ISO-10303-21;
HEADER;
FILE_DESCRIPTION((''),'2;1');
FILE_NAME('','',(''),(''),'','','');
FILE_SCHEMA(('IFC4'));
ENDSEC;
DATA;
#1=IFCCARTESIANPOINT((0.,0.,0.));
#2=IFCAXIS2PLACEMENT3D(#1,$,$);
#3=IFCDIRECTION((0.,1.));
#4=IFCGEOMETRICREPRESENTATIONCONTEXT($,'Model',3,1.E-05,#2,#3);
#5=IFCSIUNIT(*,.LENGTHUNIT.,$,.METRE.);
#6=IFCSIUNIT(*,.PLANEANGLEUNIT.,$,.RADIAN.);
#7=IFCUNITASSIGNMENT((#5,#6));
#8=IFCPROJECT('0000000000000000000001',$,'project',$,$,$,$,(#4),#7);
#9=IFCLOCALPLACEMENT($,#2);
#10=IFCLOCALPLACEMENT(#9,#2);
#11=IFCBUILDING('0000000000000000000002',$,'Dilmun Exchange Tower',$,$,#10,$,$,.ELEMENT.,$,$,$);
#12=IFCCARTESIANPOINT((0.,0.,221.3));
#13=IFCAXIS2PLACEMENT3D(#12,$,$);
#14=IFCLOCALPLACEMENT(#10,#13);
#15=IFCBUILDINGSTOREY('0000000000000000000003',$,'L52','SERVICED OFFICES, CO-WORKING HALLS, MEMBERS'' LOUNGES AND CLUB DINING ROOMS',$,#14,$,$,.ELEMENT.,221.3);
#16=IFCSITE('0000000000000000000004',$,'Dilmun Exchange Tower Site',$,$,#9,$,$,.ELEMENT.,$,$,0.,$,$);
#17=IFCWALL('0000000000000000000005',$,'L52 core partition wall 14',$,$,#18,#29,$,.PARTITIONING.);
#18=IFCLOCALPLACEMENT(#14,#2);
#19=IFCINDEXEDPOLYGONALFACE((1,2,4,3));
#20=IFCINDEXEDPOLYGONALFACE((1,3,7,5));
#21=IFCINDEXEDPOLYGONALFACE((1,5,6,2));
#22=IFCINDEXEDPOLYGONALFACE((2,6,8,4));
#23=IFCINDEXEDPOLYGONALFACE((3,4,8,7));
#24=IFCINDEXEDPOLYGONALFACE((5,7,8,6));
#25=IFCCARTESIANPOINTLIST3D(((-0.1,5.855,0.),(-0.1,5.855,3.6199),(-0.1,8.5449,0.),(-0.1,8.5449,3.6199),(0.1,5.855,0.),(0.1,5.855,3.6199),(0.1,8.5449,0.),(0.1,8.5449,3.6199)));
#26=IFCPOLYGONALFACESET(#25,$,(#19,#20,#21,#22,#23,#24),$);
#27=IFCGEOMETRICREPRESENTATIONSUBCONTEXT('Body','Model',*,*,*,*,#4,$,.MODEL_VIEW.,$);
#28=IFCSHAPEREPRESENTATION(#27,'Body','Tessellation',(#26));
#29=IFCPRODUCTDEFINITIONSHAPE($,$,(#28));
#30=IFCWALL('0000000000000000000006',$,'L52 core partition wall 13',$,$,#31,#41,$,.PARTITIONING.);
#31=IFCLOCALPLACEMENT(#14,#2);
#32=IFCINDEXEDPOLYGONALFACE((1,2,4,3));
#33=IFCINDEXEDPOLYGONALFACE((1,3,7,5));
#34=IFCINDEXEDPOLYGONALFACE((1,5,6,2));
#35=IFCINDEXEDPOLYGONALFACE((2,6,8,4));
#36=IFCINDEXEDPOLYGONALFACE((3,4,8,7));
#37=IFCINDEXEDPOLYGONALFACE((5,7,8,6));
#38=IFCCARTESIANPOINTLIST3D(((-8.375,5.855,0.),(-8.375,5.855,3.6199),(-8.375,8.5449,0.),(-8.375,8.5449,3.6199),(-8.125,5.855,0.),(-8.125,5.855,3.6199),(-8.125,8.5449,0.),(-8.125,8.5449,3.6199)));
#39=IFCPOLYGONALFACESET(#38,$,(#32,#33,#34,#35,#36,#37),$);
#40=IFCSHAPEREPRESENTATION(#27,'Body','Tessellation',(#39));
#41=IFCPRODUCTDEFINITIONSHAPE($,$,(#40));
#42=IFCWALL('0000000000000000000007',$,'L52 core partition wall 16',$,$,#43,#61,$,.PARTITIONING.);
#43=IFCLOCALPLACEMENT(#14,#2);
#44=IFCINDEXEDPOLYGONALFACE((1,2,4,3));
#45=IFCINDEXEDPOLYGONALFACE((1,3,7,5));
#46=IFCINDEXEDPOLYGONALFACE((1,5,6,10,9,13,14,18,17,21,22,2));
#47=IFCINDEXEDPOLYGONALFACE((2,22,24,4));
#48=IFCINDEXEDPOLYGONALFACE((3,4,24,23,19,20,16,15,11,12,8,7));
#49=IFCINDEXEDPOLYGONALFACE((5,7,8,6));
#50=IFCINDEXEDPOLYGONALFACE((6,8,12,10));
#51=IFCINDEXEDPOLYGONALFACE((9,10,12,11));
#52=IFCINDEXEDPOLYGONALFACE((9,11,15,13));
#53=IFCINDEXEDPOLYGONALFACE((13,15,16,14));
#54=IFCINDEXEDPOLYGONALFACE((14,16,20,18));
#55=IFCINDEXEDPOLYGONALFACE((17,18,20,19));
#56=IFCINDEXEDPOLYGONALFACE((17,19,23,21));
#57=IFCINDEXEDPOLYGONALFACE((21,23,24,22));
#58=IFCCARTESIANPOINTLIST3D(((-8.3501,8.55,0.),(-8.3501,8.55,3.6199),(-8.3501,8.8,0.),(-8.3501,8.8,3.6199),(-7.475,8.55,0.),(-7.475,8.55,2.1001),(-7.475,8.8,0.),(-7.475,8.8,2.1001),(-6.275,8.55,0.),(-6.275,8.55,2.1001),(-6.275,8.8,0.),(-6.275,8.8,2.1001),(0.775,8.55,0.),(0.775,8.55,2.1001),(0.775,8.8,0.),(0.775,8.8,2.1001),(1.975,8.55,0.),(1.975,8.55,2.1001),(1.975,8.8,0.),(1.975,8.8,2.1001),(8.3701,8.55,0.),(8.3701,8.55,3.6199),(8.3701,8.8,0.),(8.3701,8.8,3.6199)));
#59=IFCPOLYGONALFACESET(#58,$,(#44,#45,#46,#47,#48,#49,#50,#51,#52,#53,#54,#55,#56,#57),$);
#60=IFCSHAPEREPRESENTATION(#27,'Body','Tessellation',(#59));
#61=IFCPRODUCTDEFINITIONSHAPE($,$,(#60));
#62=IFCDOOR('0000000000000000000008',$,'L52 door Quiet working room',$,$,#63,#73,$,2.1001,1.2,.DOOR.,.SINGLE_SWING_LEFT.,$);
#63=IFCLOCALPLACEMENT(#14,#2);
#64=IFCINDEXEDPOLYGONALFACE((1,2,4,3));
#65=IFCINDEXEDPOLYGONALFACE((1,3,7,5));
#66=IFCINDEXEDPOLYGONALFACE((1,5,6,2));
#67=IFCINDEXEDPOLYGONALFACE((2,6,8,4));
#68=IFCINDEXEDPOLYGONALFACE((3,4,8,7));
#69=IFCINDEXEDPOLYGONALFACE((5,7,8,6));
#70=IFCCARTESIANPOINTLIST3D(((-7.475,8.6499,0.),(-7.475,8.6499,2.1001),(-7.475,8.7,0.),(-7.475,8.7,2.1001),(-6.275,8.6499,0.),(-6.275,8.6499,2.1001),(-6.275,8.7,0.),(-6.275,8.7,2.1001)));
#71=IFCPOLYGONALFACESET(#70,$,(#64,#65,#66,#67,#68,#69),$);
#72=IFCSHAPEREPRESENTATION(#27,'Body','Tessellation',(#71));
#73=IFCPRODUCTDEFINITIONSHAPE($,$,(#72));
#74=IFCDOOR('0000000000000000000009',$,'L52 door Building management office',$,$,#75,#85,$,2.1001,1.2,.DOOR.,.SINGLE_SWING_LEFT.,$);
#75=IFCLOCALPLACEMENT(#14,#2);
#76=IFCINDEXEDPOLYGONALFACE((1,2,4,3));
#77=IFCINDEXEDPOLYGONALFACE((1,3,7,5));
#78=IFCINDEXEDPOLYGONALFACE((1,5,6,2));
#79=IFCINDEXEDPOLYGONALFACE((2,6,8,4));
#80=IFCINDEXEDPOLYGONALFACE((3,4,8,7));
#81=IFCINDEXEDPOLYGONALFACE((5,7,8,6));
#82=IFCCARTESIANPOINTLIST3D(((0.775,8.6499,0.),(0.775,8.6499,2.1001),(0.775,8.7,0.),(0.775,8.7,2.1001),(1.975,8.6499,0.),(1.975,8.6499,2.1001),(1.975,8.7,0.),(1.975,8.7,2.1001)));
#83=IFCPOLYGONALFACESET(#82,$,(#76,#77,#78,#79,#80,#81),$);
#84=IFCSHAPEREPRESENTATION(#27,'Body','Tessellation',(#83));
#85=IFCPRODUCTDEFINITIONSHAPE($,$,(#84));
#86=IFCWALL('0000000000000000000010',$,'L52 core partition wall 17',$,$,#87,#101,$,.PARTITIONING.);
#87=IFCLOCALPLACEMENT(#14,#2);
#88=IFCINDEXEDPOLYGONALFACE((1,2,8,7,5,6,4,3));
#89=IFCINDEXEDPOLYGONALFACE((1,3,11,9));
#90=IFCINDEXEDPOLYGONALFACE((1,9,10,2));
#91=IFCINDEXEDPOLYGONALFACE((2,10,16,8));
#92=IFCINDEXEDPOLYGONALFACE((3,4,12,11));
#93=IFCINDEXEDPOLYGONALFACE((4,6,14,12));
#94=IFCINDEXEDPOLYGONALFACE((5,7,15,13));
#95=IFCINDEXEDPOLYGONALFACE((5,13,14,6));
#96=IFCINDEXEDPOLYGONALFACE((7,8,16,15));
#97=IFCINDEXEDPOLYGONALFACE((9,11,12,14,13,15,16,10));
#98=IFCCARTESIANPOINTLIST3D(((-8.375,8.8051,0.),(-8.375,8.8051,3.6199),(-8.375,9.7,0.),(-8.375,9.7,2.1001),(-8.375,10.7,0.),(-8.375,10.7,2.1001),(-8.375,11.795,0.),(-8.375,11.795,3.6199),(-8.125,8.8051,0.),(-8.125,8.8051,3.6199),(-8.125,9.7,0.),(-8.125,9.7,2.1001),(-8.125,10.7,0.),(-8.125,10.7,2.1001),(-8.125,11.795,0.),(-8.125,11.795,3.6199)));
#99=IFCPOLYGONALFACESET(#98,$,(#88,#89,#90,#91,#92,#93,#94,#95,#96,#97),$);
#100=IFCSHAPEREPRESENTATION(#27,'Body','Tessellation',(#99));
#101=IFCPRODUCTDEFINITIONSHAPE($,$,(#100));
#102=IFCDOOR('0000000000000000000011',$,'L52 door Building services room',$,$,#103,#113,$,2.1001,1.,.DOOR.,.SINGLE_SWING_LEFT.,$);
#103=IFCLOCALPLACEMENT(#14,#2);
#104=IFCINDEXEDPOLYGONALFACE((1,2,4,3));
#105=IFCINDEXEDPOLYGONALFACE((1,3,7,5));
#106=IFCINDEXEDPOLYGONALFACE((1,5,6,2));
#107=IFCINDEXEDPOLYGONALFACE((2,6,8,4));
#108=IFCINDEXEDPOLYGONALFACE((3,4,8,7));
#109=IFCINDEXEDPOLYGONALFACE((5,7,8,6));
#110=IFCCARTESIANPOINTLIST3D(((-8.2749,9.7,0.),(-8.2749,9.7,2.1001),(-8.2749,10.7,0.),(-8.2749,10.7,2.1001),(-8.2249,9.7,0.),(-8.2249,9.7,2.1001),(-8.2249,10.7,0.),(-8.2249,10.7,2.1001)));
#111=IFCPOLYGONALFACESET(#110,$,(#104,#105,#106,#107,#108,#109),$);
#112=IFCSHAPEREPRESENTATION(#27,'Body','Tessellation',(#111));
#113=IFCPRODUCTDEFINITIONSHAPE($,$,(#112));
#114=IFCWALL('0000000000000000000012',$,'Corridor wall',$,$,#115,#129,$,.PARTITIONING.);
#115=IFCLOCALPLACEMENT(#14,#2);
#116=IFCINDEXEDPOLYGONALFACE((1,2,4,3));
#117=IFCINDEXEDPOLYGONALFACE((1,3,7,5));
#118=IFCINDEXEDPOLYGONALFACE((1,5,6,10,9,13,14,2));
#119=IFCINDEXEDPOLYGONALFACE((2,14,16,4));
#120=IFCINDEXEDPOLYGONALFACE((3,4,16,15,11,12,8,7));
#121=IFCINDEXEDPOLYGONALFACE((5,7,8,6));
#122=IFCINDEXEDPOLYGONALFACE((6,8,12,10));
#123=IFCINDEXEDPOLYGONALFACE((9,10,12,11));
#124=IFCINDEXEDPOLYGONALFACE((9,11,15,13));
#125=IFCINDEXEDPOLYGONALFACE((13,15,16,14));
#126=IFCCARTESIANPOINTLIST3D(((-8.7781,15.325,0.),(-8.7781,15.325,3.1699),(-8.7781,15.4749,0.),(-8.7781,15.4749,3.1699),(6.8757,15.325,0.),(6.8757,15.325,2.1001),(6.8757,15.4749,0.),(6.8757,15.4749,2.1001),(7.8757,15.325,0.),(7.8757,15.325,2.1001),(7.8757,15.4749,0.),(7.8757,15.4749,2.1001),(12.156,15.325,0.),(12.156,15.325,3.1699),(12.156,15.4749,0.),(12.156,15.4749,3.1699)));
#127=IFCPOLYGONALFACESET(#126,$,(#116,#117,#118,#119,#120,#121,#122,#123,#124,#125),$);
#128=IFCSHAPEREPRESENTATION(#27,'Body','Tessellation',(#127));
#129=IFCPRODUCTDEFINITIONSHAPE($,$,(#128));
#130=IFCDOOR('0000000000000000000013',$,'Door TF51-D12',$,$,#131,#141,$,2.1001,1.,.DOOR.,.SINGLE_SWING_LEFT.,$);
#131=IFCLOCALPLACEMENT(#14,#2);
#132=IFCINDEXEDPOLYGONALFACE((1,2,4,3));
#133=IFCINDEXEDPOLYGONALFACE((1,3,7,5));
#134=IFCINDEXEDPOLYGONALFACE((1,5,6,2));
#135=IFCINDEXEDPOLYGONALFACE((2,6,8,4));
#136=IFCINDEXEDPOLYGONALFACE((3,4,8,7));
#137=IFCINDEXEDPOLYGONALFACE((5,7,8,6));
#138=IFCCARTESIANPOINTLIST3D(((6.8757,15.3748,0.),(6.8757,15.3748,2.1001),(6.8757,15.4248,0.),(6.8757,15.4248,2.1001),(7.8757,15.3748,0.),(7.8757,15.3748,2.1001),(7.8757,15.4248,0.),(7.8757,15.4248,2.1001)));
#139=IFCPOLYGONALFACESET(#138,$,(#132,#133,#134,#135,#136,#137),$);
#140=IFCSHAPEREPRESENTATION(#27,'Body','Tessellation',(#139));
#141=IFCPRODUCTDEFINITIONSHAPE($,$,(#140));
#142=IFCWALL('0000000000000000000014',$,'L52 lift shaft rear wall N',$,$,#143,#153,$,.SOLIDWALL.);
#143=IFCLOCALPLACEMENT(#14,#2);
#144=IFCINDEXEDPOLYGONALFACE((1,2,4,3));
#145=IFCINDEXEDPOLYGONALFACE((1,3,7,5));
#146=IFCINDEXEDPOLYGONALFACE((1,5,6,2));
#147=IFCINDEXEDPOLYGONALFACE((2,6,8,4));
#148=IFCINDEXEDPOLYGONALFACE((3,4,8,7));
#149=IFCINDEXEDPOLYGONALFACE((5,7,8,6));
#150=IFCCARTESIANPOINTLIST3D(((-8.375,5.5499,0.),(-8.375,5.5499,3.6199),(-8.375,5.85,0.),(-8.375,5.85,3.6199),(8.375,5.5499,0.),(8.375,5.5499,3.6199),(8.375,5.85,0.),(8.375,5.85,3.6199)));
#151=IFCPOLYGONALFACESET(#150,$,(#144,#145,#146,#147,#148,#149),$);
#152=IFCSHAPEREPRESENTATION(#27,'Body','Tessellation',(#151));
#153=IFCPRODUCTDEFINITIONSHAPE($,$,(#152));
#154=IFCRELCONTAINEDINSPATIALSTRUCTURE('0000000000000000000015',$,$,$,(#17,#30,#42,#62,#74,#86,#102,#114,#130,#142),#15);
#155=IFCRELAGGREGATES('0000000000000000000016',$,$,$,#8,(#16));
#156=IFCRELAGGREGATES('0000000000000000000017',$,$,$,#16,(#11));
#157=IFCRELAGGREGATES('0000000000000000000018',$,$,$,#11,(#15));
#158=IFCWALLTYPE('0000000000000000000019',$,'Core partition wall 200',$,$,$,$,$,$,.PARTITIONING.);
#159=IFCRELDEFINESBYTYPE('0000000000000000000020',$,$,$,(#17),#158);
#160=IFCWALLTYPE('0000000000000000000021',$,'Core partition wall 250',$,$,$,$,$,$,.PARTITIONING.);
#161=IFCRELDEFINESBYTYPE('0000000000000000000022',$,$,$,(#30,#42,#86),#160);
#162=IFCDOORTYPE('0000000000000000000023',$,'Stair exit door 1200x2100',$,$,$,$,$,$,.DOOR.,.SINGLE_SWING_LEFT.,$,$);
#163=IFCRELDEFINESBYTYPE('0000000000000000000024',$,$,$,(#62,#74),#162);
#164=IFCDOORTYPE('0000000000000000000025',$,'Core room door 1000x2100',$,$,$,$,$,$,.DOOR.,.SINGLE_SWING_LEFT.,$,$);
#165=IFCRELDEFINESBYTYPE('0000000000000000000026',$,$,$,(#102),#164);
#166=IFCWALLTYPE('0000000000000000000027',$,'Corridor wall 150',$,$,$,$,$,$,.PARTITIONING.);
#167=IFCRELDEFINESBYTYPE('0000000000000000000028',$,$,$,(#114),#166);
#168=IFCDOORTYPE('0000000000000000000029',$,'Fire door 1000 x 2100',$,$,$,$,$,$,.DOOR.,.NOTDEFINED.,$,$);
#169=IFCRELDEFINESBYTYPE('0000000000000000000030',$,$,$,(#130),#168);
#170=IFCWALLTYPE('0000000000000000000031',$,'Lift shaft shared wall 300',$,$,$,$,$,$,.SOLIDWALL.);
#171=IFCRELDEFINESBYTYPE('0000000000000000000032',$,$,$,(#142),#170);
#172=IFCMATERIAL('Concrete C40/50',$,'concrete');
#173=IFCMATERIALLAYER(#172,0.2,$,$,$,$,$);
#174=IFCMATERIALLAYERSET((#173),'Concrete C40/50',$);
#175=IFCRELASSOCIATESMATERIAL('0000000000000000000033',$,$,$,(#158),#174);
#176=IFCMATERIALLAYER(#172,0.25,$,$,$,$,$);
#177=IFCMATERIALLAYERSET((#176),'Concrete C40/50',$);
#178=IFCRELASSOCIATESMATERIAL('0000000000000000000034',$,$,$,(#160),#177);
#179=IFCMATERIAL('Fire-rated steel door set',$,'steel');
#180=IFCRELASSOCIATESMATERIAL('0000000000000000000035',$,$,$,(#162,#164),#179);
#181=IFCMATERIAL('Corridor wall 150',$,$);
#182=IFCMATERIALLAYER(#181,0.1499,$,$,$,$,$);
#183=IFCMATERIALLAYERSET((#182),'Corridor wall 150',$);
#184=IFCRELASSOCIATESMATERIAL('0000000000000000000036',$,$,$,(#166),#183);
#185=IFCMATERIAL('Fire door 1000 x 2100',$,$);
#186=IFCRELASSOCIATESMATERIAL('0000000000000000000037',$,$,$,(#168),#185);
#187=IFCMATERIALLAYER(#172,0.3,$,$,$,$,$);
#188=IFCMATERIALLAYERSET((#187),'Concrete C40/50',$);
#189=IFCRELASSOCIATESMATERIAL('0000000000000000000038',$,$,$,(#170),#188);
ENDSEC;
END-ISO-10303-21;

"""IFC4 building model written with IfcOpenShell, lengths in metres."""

from ifc_helpers import new_model, si_unit, direction, frame, frame_2d, origin, place, context, subcontext, project, spatial, rectangle, extrude, material, layer, layer_set, type_object, element, fill, save


model = new_model("IFC4")

# Units and contexts
model_context = context("Model", 3, precision=1e-05, world=origin(), true_north=direction((0.0, 1.0)))
body_context = subcontext(model_context, "Body", "Model", "MODEL_VIEW")
ifc_project = project(units=[si_unit("LENGTHUNIT", "METRE"), si_unit("PLANEANGLEUNIT", "RADIAN")], contexts=[model_context])

# Site, building, storey
site_placement = place(None, origin())
site = spatial("IfcSite", under=ifc_project, at=site_placement, Name="Dilmun Exchange Tower Site", CompositionType="ELEMENT", RefElevation=0.0)
building_placement = place(site_placement, origin())
building = spatial("IfcBuilding", under=site, at=building_placement, Name="Dilmun Exchange Tower", CompositionType="ELEMENT")
storey_placement = place(building_placement, frame((0.0, 0.0, 221.3)))
storey = spatial("IfcBuildingStorey", under=building, at=storey_placement, Name="L52", Description="SERVICED OFFICES, CO-WORKING HALLS, MEMBERS' LOUNGES AND CLUB DINING ROOMS", CompositionType="ELEMENT", Elevation=221.3)

# Walls
ifc_material_1 = material(Name="Concrete C40/50", Category="concrete")
ifc_layer_1 = layer(ifc_material_1, 0.2)
ifc_layer_set_1 = layer_set([ifc_layer_1], Name="Concrete C40/50")
wall_type_1 = type_object("IfcWallType", Name="Core partition wall 200", PredefinedType="PARTITIONING", material=ifc_layer_set_1)
wall_1_placement = place(storey_placement, frame((0.0, 5.855, 0.0), z_axis=(0.0, 0.0, 1.0), x_axis=(0.0, 1.0, 0.0)))
element("IfcWall", 1, at=wall_1_placement, inside=storey, type_object=wall_type_1, Name="L52 core partition wall 14", PredefinedType="PARTITIONING", context=body_context, shape_type="SweptSolid", body=[
    extrude(rectangle(XDim=2.6899, YDim=0.2, at=frame_2d((1.345, 0.0))), origin(), (0.0, 0.0, 1.0), 3.6199),
])
ifc_layer_2 = layer(ifc_material_1, 0.25)
ifc_layer_set_2 = layer_set([ifc_layer_2], Name="Concrete C40/50")
wall_type_2 = type_object("IfcWallType", Name="Core partition wall 250", PredefinedType="PARTITIONING", material=ifc_layer_set_2)
wall_2_placement = place(storey_placement, frame((-8.25, 5.855, 0.0), z_axis=(0.0, 0.0, 1.0), x_axis=(0.0, 1.0, 0.0)))
element("IfcWall", 2, at=wall_2_placement, inside=storey, type_object=wall_type_2, Name="L52 core partition wall 13", PredefinedType="PARTITIONING", context=body_context, shape_type="SweptSolid", body=[
    extrude(rectangle(XDim=2.6899, YDim=0.25, at=frame_2d((1.345, 0.0))), origin(), (0.0, 0.0, 1.0), 3.6199),
])

# Wall, openings, doors
wall_3_placement = place(storey_placement, frame((-8.3501, 8.675, 0.0), z_axis=(0.0, 0.0, 1.0), x_axis=(1.0, 0.0, 0.0)))
wall_3 = element("IfcWall", 3, at=wall_3_placement, inside=storey, type_object=wall_type_2, Name="L52 core partition wall 16", PredefinedType="PARTITIONING", context=body_context, shape_type="SweptSolid", body=[
    extrude(rectangle(XDim=16.7202, YDim=0.25, at=frame_2d((8.3601, 0.0))), origin(), (0.0, 0.0, 1.0), 3.6199),
])
opening_1_placement = place(wall_3_placement, frame((0.875, 0.0, 0.0)))
opening_1 = element("IfcOpeningElement", 4, at=opening_1_placement, cuts=wall_3, PredefinedType="OPENING", context=body_context, shape_type="SweptSolid", body=[
    extrude(rectangle(XDim=1.2, YDim=2.1001, at=frame_2d((0.6001, 1.05))), frame((0.0, 0.135, 0.0), z_axis=(0.0, -1.0, 0.0), x_axis=(1.0, 0.0, 0.0)), (0.0, 0.0, 1.0), 0.27),
])
opening_2_placement = place(wall_3_placement, frame((9.125, 0.0, 0.0)))
opening_2 = element("IfcOpeningElement", 5, at=opening_2_placement, cuts=wall_3, PredefinedType="OPENING", context=body_context, shape_type="SweptSolid", body=[
    extrude(rectangle(XDim=1.2, YDim=2.1001, at=frame_2d((0.6001, 1.05))), frame((0.0, 0.135, 0.0), z_axis=(0.0, -1.0, 0.0), x_axis=(1.0, 0.0, 0.0)), (0.0, 0.0, 1.0), 0.27),
])
ifc_material_2 = material(Name="Fire-rated steel door set", Category="steel")
door_type_1 = type_object("IfcDoorType", Name="Stair exit door 1200x2100", OperationType="SINGLE_SWING_LEFT", PredefinedType="DOOR", material=ifc_material_2)
door_1_placement = place(opening_1_placement, origin())
door_1 = element("IfcDoor", 6, at=door_1_placement, inside=storey, type_object=door_type_1, Name="L52 door Quiet working room", OperationType="SINGLE_SWING_LEFT", OverallHeight=2.1001, OverallWidth=1.2, PredefinedType="DOOR", context=body_context, shape_type="SweptSolid", body=[
    extrude(rectangle(XDim=1.2, YDim=2.1001, at=frame_2d((0.6001, 1.05))), frame((0.0, 0.0249, 0.0), z_axis=(0.0, -1.0, 0.0), x_axis=(1.0, 0.0, 0.0)), (0.0, 0.0, 1.0), 0.05),
])
fill(opening_1, door_1)
door_2_placement = place(opening_2_placement, origin())
door_2 = element("IfcDoor", 7, at=door_2_placement, inside=storey, type_object=door_type_1, Name="L52 door Building management office", OperationType="SINGLE_SWING_LEFT", OverallHeight=2.1001, OverallWidth=1.2, PredefinedType="DOOR", context=body_context, shape_type="SweptSolid", body=[
    extrude(rectangle(XDim=1.2, YDim=2.1001, at=frame_2d((0.6001, 1.05))), frame((0.0, 0.0249, 0.0), z_axis=(0.0, -1.0, 0.0), x_axis=(1.0, 0.0, 0.0)), (0.0, 0.0, 1.0), 0.05),
])
fill(opening_2, door_2)

# Walls, openings, doors
wall_4_placement = place(storey_placement, frame((-8.25, 8.8049, 0.0), z_axis=(0.0, 0.0, 1.0), x_axis=(0.0, 1.0, 0.0)))
wall_4 = element("IfcWall", 8, at=wall_4_placement, inside=storey, type_object=wall_type_2, Name="L52 core partition wall 17", PredefinedType="PARTITIONING", context=body_context, shape_type="SweptSolid", body=[
    extrude(rectangle(XDim=2.99, YDim=0.25, at=frame_2d((1.4951, 0.0))), origin(), (0.0, 0.0, 1.0), 3.6199),
])
opening_3_placement = place(wall_4_placement, frame((0.895, 0.0, 0.0)))
opening_3 = element("IfcOpeningElement", 9, at=opening_3_placement, cuts=wall_4, PredefinedType="OPENING", context=body_context, shape_type="SweptSolid", body=[
    extrude(rectangle(XDim=1.0, YDim=2.1001, at=frame_2d((0.5, 1.05))), frame((0.0, 0.135, 0.0), z_axis=(0.0, -1.0, 0.0), x_axis=(1.0, 0.0, 0.0)), (0.0, 0.0, 1.0), 0.27),
])
door_type_2 = type_object("IfcDoorType", Name="Core room door 1000x2100", OperationType="SINGLE_SWING_LEFT", PredefinedType="DOOR", material=ifc_material_2)
door_3_placement = place(opening_3_placement, origin())
door_3 = element("IfcDoor", 10, at=door_3_placement, inside=storey, type_object=door_type_2, Name="L52 door Building services room", OperationType="SINGLE_SWING_LEFT", OverallHeight=2.1001, OverallWidth=1.0, PredefinedType="DOOR", context=body_context, shape_type="SweptSolid", body=[
    extrude(rectangle(XDim=1.0, YDim=2.1001, at=frame_2d((0.5, 1.05))), frame((0.0, 0.0249, 0.0), z_axis=(0.0, -1.0, 0.0), x_axis=(1.0, 0.0, 0.0)), (0.0, 0.0, 1.0), 0.05),
])
fill(opening_3, door_3)
ifc_material_3 = material(Name="Corridor wall 150")
ifc_layer_3 = layer(ifc_material_3, 0.1499)
ifc_layer_set_3 = layer_set([ifc_layer_3], Name="Corridor wall 150")
wall_type_3 = type_object("IfcWallType", Name="Corridor wall 150", PredefinedType="PARTITIONING", material=ifc_layer_set_3)
wall_5_placement = place(storey_placement, frame((-8.7781, 15.3999, 0.0), z_axis=(0.0, 0.0, 1.0), x_axis=(1.0, 0.0, 0.0)))
wall_5 = element("IfcWall", 11, at=wall_5_placement, inside=storey, type_object=wall_type_3, Name="Corridor wall", PredefinedType="PARTITIONING", context=body_context, shape_type="SweptSolid", body=[
    extrude(rectangle(XDim=20.9341, YDim=0.1499, at=frame_2d((10.467, 0.0))), origin(), (0.0, 0.0, 1.0), 3.1699),
])
opening_4_placement = place(wall_5_placement, frame((15.6538, 0.0, 0.0)))
opening_4 = element("IfcOpeningElement", 12, at=opening_4_placement, cuts=wall_5, PredefinedType="OPENING", context=body_context, shape_type="SweptSolid", body=[
    extrude(rectangle(XDim=1.0, YDim=2.1001, at=frame_2d((0.5, 1.05))), frame((0.0, 0.085, 0.0), z_axis=(0.0, -1.0, 0.0), x_axis=(1.0, 0.0, 0.0)), (0.0, 0.0, 1.0), 0.1699),
])
ifc_material_4 = material(Name="Fire door 1000 x 2100")
door_type_3 = type_object("IfcDoorType", Name="Fire door 1000 x 2100", OperationType="NOTDEFINED", PredefinedType="DOOR", material=ifc_material_4)
door_4_placement = place(opening_4_placement, origin())
door_4 = element("IfcDoor", 13, at=door_4_placement, inside=storey, type_object=door_type_3, Name="Door TF51-D12", OperationType="SINGLE_SWING_LEFT", OverallHeight=2.1001, OverallWidth=1.0, PredefinedType="DOOR", context=body_context, shape_type="SweptSolid", body=[
    extrude(rectangle(XDim=1.0, YDim=2.1001, at=frame_2d((0.5, 1.05))), frame((0.0, 0.0249, 0.0), z_axis=(0.0, -1.0, 0.0), x_axis=(1.0, 0.0, 0.0)), (0.0, 0.0, 1.0), 0.05),
])
fill(opening_4, door_4)

# Wall
ifc_layer_4 = layer(ifc_material_1, 0.3)
ifc_layer_set_4 = layer_set([ifc_layer_4], Name="Concrete C40/50")
wall_type_4 = type_object("IfcWallType", Name="Lift shaft shared wall 300", PredefinedType="SOLIDWALL", material=ifc_layer_set_4)
wall_6_placement = place(storey_placement, frame((-8.375, 5.7, 0.0), z_axis=(0.0, 0.0, 1.0), x_axis=(1.0, 0.0, 0.0)))
element("IfcWall", 14, at=wall_6_placement, inside=storey, type_object=wall_type_4, Name="L52 lift shaft rear wall N", PredefinedType="SOLIDWALL", context=body_context, shape_type="SweptSolid", body=[
    extrude(rectangle(XDim=16.75, YDim=0.3, at=frame_2d((8.375, 0.0))), origin(), (0.0, 0.0, 1.0), 3.6199),
])

save(model, "model.ifc")
